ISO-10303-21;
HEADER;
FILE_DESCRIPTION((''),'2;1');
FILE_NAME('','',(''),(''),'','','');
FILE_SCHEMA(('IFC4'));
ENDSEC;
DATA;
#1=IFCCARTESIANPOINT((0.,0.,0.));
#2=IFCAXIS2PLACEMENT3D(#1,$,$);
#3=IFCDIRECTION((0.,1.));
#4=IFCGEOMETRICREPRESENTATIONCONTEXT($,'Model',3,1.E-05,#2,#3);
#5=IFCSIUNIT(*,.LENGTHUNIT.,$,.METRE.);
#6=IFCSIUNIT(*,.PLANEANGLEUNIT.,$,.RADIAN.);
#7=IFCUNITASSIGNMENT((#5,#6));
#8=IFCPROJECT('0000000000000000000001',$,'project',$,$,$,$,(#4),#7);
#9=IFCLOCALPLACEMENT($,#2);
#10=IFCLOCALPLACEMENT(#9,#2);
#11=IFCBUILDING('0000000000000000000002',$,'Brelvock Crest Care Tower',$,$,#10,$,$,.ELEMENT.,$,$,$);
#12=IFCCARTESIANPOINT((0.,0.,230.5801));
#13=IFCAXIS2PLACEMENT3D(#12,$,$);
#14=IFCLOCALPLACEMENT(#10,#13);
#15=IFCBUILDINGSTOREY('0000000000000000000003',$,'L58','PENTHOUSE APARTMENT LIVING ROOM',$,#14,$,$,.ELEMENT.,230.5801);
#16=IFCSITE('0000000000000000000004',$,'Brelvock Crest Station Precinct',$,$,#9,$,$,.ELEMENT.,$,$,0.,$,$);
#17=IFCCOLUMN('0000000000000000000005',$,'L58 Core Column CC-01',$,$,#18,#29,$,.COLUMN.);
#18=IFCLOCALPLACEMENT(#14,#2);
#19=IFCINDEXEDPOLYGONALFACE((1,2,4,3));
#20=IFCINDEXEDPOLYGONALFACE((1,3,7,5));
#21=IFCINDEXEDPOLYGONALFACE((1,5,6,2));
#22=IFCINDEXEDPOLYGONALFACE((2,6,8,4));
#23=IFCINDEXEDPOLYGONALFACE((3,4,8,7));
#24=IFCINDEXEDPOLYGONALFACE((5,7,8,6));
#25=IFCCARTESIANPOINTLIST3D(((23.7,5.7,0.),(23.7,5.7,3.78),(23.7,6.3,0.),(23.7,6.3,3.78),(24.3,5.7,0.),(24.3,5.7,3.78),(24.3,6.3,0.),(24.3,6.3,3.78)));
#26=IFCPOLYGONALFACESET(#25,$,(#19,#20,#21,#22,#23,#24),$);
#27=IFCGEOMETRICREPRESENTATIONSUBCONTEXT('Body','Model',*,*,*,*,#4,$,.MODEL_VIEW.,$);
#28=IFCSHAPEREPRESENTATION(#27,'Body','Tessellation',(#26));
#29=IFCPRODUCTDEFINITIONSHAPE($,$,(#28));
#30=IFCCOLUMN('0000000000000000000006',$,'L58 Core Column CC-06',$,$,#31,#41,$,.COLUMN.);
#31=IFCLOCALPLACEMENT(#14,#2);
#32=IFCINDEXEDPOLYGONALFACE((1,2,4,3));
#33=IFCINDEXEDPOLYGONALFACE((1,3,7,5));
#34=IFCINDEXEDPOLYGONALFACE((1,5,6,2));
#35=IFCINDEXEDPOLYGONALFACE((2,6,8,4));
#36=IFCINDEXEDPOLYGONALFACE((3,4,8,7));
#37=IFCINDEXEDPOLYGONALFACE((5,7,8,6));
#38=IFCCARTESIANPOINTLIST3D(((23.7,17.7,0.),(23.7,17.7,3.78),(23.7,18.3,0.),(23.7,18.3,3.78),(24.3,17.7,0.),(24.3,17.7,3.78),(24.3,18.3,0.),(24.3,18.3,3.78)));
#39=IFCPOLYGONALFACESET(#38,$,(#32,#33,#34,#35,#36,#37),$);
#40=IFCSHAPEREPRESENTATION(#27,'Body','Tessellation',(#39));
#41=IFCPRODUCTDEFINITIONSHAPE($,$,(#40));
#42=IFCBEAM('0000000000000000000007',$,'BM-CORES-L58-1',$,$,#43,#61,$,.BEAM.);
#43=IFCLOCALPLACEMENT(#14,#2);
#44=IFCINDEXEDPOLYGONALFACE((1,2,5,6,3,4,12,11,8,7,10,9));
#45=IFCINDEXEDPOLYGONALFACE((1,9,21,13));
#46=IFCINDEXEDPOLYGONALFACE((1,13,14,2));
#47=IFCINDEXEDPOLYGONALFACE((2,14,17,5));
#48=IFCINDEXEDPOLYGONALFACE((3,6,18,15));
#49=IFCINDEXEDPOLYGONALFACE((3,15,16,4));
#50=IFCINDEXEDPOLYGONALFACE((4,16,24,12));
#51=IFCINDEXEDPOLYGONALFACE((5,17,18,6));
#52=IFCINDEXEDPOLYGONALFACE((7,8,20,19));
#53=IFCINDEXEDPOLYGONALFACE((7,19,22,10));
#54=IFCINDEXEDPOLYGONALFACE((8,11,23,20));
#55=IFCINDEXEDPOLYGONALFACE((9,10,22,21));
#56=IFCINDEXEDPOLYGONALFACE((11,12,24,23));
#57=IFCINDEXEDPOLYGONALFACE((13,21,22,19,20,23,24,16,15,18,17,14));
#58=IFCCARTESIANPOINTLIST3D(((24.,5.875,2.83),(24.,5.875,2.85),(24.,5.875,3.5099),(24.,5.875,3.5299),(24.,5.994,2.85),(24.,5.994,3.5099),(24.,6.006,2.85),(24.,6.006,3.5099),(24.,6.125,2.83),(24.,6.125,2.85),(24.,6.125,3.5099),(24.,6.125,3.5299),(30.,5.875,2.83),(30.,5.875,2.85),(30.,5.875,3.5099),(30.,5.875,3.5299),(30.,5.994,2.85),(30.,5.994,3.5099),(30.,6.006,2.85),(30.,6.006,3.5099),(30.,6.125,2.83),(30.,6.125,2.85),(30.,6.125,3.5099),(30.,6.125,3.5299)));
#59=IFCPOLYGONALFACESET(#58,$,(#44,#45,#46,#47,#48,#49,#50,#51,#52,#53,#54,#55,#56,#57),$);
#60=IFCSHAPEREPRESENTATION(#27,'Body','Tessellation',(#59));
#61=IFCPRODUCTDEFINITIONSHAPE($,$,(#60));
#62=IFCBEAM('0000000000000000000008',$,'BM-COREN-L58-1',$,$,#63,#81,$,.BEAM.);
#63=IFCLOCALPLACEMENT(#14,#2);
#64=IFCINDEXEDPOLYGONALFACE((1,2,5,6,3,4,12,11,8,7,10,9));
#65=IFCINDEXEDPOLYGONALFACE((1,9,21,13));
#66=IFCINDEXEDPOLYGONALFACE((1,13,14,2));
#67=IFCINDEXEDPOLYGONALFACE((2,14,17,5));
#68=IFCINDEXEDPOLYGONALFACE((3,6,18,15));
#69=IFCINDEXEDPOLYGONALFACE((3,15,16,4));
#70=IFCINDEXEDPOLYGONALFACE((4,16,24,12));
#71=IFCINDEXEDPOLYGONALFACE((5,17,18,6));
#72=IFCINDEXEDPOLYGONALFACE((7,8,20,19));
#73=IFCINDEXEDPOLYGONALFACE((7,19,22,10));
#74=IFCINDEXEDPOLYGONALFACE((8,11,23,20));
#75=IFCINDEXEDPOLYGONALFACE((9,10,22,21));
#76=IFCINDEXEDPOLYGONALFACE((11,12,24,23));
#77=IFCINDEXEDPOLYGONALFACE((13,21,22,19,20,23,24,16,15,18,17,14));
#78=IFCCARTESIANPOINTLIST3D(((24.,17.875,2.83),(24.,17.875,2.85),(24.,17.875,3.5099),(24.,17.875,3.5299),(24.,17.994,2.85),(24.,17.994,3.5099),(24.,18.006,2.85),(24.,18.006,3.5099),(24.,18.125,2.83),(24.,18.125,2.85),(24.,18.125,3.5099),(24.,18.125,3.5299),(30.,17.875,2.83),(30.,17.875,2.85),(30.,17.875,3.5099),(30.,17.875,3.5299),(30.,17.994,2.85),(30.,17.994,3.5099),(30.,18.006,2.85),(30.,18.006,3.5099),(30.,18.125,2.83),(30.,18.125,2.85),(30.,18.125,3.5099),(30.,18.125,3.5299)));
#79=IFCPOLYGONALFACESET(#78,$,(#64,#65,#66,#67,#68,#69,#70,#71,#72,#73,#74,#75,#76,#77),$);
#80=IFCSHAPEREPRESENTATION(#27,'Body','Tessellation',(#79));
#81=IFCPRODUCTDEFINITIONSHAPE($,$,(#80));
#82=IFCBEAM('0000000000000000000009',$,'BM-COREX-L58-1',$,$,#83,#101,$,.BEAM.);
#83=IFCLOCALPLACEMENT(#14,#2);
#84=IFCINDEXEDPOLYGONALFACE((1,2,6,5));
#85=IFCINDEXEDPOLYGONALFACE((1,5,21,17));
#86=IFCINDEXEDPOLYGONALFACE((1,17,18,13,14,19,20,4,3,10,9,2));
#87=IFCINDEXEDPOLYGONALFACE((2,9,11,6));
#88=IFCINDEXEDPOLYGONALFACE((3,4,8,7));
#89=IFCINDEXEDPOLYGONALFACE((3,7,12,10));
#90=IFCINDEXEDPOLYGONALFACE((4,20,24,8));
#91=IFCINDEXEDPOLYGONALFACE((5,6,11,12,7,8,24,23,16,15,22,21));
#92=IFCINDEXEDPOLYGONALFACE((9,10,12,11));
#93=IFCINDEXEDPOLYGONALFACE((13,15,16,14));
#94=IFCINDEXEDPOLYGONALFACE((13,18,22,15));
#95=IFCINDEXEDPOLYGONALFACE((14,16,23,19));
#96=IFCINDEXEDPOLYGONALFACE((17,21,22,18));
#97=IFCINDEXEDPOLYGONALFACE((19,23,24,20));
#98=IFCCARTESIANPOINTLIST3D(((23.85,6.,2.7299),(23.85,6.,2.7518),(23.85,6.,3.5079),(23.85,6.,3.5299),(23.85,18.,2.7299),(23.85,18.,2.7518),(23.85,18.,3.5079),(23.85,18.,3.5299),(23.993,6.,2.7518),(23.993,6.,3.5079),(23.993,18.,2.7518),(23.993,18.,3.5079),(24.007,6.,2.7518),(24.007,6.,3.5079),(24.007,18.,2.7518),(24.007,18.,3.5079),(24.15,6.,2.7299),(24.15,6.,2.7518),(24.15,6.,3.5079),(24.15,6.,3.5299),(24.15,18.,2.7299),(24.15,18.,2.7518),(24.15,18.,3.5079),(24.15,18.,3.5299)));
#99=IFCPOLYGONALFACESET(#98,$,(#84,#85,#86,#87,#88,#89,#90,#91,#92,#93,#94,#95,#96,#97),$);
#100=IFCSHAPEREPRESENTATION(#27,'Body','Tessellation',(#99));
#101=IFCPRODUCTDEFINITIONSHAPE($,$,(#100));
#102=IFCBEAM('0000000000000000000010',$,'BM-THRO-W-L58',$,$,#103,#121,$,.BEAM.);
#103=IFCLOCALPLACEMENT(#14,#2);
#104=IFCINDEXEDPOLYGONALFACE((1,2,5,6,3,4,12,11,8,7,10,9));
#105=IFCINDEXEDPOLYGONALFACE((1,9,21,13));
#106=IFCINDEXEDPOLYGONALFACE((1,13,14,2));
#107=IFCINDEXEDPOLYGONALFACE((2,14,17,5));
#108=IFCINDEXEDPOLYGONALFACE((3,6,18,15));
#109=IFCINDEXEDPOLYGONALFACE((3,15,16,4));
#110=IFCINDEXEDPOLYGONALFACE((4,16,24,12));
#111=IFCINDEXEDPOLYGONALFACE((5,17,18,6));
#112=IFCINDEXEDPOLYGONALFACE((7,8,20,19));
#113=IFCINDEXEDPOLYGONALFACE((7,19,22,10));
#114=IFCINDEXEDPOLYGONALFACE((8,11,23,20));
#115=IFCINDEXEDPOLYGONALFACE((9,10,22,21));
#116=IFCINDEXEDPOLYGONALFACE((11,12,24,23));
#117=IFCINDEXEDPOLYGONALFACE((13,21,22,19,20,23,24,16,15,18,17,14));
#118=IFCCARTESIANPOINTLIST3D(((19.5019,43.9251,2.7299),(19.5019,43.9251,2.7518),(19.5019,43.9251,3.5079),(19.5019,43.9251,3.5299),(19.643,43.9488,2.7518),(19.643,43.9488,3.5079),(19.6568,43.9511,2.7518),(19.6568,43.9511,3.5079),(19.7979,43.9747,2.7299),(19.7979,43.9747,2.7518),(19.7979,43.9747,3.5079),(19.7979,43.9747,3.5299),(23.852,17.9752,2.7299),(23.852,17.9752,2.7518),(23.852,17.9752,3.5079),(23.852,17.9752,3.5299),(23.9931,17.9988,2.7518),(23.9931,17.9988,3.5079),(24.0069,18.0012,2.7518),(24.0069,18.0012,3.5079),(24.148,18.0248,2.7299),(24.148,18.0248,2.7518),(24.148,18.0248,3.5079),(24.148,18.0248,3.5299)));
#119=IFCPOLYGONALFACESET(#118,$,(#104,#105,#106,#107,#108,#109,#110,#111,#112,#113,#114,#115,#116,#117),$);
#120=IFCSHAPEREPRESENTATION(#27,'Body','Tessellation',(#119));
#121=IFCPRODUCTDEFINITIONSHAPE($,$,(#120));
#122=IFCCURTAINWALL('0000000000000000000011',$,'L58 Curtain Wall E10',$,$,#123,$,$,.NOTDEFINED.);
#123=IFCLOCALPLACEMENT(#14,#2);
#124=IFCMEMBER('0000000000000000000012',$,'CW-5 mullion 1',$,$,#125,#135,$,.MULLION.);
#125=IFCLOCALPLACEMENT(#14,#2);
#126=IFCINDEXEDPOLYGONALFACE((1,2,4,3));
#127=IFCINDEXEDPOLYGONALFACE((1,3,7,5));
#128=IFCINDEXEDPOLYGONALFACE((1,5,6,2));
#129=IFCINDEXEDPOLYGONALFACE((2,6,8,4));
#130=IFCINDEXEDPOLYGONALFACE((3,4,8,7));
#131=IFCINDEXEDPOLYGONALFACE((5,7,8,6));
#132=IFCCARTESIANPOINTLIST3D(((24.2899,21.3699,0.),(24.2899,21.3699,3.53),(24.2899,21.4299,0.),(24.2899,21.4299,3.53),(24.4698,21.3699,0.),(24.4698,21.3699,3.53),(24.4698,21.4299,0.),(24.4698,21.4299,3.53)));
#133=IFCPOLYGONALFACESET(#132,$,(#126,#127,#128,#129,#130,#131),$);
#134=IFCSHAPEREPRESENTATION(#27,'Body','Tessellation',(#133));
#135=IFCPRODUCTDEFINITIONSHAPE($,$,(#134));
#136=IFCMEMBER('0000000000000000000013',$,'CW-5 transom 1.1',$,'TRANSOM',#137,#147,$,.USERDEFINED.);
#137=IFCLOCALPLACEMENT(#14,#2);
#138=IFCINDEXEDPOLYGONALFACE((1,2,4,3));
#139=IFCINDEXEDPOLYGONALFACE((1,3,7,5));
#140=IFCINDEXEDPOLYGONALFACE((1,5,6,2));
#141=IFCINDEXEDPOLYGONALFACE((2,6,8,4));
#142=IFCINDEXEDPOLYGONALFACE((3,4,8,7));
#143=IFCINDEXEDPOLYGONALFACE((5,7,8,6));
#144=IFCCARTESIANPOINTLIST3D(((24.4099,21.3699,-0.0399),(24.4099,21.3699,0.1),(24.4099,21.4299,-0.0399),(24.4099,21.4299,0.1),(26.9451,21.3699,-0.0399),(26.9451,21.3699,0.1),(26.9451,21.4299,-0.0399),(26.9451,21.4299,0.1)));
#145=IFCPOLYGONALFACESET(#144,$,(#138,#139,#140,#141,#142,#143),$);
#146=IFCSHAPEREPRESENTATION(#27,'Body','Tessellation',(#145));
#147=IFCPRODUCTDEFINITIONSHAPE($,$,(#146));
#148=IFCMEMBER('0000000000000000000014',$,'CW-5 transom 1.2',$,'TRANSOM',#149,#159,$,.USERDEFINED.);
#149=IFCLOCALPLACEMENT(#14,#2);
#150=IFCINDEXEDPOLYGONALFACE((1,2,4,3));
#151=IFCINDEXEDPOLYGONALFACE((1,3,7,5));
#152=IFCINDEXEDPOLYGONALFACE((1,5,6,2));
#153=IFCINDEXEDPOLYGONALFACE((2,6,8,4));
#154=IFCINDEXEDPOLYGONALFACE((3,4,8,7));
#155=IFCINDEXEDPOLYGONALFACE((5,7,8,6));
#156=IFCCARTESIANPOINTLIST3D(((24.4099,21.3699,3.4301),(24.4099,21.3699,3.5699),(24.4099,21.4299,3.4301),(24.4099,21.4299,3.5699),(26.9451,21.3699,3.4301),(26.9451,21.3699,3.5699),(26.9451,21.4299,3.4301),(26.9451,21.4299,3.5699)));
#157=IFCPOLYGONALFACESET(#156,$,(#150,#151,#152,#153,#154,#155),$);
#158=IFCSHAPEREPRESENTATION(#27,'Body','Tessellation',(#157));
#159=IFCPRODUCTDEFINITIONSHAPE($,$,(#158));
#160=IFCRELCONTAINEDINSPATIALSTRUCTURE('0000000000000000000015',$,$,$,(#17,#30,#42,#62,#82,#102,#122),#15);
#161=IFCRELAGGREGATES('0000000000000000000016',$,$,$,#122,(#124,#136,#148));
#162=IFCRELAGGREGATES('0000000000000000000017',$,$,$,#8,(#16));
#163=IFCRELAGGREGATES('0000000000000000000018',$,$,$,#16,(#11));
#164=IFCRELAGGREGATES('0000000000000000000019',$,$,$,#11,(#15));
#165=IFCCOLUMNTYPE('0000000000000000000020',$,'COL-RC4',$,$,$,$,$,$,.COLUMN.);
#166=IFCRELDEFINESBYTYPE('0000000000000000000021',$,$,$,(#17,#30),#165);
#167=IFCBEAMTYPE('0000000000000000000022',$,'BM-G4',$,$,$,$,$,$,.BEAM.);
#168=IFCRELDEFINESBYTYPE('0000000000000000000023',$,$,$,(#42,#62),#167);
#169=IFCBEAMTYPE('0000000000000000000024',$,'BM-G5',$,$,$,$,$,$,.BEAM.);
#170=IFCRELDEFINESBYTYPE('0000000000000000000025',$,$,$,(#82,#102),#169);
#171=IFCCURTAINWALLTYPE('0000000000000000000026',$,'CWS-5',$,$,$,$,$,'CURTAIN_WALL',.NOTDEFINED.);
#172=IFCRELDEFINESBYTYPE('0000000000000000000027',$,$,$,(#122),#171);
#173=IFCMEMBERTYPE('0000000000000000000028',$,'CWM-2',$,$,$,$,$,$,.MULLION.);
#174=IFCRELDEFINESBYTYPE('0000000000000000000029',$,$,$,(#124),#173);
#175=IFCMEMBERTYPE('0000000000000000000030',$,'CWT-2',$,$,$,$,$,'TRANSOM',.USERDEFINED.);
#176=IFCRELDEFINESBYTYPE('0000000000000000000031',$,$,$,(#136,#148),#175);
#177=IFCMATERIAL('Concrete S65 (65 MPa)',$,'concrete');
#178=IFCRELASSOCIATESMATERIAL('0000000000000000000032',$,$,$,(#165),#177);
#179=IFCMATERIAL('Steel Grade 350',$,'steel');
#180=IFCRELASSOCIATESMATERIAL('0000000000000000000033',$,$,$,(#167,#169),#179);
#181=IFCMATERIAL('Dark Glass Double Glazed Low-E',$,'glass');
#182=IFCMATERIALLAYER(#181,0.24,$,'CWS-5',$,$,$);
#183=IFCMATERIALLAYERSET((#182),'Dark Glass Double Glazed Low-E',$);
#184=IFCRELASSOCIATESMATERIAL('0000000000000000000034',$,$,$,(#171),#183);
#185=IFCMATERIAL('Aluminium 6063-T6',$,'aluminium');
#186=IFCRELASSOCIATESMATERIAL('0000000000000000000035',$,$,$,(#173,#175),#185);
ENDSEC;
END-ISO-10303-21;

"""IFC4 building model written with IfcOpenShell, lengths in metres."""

from ifc_helpers import new_model, si_unit, direction, frame, origin, origin_2d, place, context, subcontext, project, spatial, rectangle, i_section, extrude, source, transform, mapped, material, layer, layer_set, material_profile, profile_set, type_object, element, aggregate, save


model = new_model("IFC4")

# Units and contexts
model_context = context("Model", 3, precision=1e-05, world=origin(), true_north=direction((0.0, 1.0)))
body_context = subcontext(model_context, "Body", "Model", "MODEL_VIEW")
ifc_project = project(units=[si_unit("LENGTHUNIT", "METRE"), si_unit("PLANEANGLEUNIT", "RADIAN")], contexts=[model_context])

# Site, building, storey
site_placement = place(None, origin())
site = spatial("IfcSite", under=ifc_project, at=site_placement, Name="Brelvock Crest Station Precinct", CompositionType="ELEMENT", RefElevation=0.0)
building_placement = place(site_placement, origin())
building = spatial("IfcBuilding", under=site, at=building_placement, Name="Brelvock Crest Care Tower", CompositionType="ELEMENT")
storey_placement = place(building_placement, frame((0.0, 0.0, 230.5801)))
storey = spatial("IfcBuildingStorey", under=building, at=storey_placement, Name="L58", Description="PENTHOUSE APARTMENT LIVING ROOM", CompositionType="ELEMENT", Elevation=230.5801)

# Columns
ifc_material_1 = material(Name="Concrete S65 (65 MPa)", Category="concrete")
ifc_material_profile_1 = material_profile(ifc_material_1, rectangle(XDim=0.6001, YDim=0.6001, at=origin_2d()), Name="RC600x600")
ifc_profile_set_1 = profile_set([ifc_material_profile_1], Name="Concrete S65 (65 MPa)")
column_type = type_object("IfcColumnType", Name="COL-RC4", PredefinedType="COLUMN", material=ifc_profile_set_1)
shared_shape_1 = source(origin(), body_context, "Body", "SweptSolid", [
    extrude(rectangle(XDim=0.6001, YDim=0.6001, at=origin_2d()), origin(), (0.0, 0.0, 1.0), 3.78),
])
for number, where, z_axis, x_axis, name in (
    (1, (24.0, 6.0, 0.0), (0.0, 0.0, 1.0), (1.0, 0.0, 0.0), "L58 Core Column CC-01"),
    (2, (24.0, 18.0, 0.0), (0.0, 0.0, 1.0), (1.0, 0.0, 0.0), "L58 Core Column CC-06"),
):
    element("IfcColumn", number, at=place(storey_placement, frame(where, z_axis=z_axis, x_axis=x_axis)), inside=storey, type_object=column_type, Name=name, PredefinedType="COLUMN", context=body_context, shape_type="MappedRepresentation", body=[
        mapped(shared_shape_1, transform((0.0, 0.0, 0.0), x_axis=(1.0, 0.0, 0.0), y_axis=(0.0, 1.0, 0.0), z_axis=(0.0, 0.0, 1.0), scale=1.0)),
    ])

# Beams
ifc_material_2 = material(Name="Steel Grade 350", Category="steel")
ifc_material_profile_2 = material_profile(ifc_material_2, i_section(OverallWidth=0.25, OverallDepth=0.7, WebThickness=0.012, FlangeThickness=0.02, at=origin_2d()), Name="700WB150")
ifc_profile_set_2 = profile_set([ifc_material_profile_2], Name="Steel Grade 350")
beam_type_1 = type_object("IfcBeamType", Name="BM-G4", PredefinedType="BEAM", material=ifc_profile_set_2)
shared_shape_2 = source(origin(), body_context, "Body", "SweptSolid", [
    extrude(i_section(OverallWidth=0.25, OverallDepth=0.7, WebThickness=0.012, FlangeThickness=0.02, at=origin_2d()), origin(), (0.0, 0.0, 1.0), 6.0),
])
for number, where, z_axis, x_axis, name in (
    (3, (24.0, 6.0, 3.1799), (1.0, 0.0, 0.0), (0.0, 1.0, 0.0), "BM-CORES-L58-1"),
    (4, (24.0, 18.0, 3.1799), (1.0, 0.0, 0.0), (0.0, 1.0, 0.0), "BM-COREN-L58-1"),
):
    element("IfcBeam", number, at=place(storey_placement, frame(where, z_axis=z_axis, x_axis=x_axis)), inside=storey, type_object=beam_type_1, Name=name, PredefinedType="BEAM", context=body_context, shape_type="MappedRepresentation", body=[
        mapped(shared_shape_2, transform((0.0, 0.0, 0.0), x_axis=(1.0, 0.0, 0.0), y_axis=(0.0, 1.0, 0.0), z_axis=(0.0, 0.0, 1.0), scale=1.0)),
    ])
ifc_material_profile_3 = material_profile(ifc_material_2, i_section(OverallWidth=0.3, OverallDepth=0.8, WebThickness=0.0139, FlangeThickness=0.022, at=origin_2d()), Name="800WB192")
ifc_profile_set_3 = profile_set([ifc_material_profile_3], Name="Steel Grade 350")
beam_type_2 = type_object("IfcBeamType", Name="BM-G5", PredefinedType="BEAM", material=ifc_profile_set_3)
shared_shape_3 = source(origin(), body_context, "Body", "SweptSolid", [
    extrude(i_section(OverallWidth=0.3, OverallDepth=0.8, WebThickness=0.0139, FlangeThickness=0.022, at=origin_2d()), origin(), (0.0, 0.0, 1.0), 12.0),
])
beam_1_placement = place(storey_placement, frame((24.0, 6.0, 3.1299), z_axis=(0.0, 1.0, 0.0), x_axis=(-1.0, 0.0, 0.0)))
element("IfcBeam", 5, at=beam_1_placement, inside=storey, type_object=beam_type_2, Name="BM-COREX-L58-1", PredefinedType="BEAM", context=body_context, shape_type="MappedRepresentation", body=[
    mapped(shared_shape_3, transform((0.0, 0.0, 0.0), x_axis=(1.0, 0.0, 0.0), y_axis=(0.0, 1.0, 0.0), z_axis=(0.0, 0.0, 1.0), scale=1.0)),
])
shared_shape_4 = source(origin(), body_context, "Body", "SweptSolid", [
    extrude(i_section(OverallWidth=0.3, OverallDepth=0.8, WebThickness=0.0139, FlangeThickness=0.022, at=origin_2d()), origin(), (0.0, 0.0, 1.0), 26.312),
])
beam_2_placement = place(storey_placement, frame((24.0, 18.0, 3.1299), z_axis=(-0.165327, 0.986239, 0.0), x_axis=(-0.986239, -0.165327, 0.0)))
element("IfcBeam", 6, at=beam_2_placement, inside=storey, type_object=beam_type_2, Name="BM-THRO-W-L58", PredefinedType="BEAM", context=body_context, shape_type="MappedRepresentation", body=[
    mapped(shared_shape_4, transform((0.0, 0.0, 0.0), x_axis=(1.0, 0.0, 0.0), y_axis=(0.0, 1.0, 0.0), z_axis=(0.0, 0.0, 1.0), scale=1.0)),
])

# Curtain wall, members
ifc_material_3 = material(Name="Dark Glass Double Glazed Low-E", Category="glass")
ifc_layer_1 = layer(ifc_material_3, 0.24, Name="CWS-5")
ifc_layer_set_1 = layer_set([ifc_layer_1], Name="Dark Glass Double Glazed Low-E")
curtain_wall_type = type_object("IfcCurtainWallType", Name="CWS-5", ElementType="CURTAIN_WALL", PredefinedType="NOTDEFINED", material=ifc_layer_set_1)
curtain_wall_placement = place(storey_placement, origin())
curtain_wall = element("IfcCurtainWall", 7, at=curtain_wall_placement, inside=storey, type_object=curtain_wall_type, Name="L58 Curtain Wall E10", PredefinedType="NOTDEFINED")
ifc_material_4 = material(Name="Aluminium 6063-T6", Category="aluminium")
ifc_material_profile_4 = material_profile(ifc_material_4, rectangle(XDim=0.0601, YDim=0.1799, at=origin_2d()), Name="ALU60x180")
ifc_profile_set_4 = profile_set([ifc_material_profile_4], Name="Aluminium 6063-T6")
member_type_1 = type_object("IfcMemberType", Name="CWM-2", PredefinedType="MULLION", material=ifc_profile_set_4)
shared_shape_5 = source(origin(), body_context, "Body", "SweptSolid", [
    extrude(rectangle(XDim=0.0601, YDim=0.1799, at=origin_2d()), origin(), (0.0, 0.0, 1.0), 3.53),
])
member_1_placement = place(storey_placement, frame((24.3799, 21.3999, 0.0), z_axis=(0.0, 0.0, 1.0), x_axis=(0.0, 1.0, 0.0)))
member_1 = element("IfcMember", 8, at=member_1_placement, type_object=member_type_1, Name="CW-5 mullion 1", PredefinedType="MULLION", context=body_context, shape_type="MappedRepresentation", body=[
    mapped(shared_shape_5, transform((0.0, 0.0, 0.0), x_axis=(1.0, 0.0, 0.0), y_axis=(0.0, 1.0, 0.0), z_axis=(0.0, 0.0, 1.0), scale=1.0)),
])
ifc_material_profile_5 = material_profile(ifc_material_4, rectangle(XDim=0.0601, YDim=0.1399, at=origin_2d()), Name="ALU60x140")
ifc_profile_set_5 = profile_set([ifc_material_profile_5], Name="Aluminium 6063-T6")
member_type_2 = type_object("IfcMemberType", Name="CWT-2", ElementType="TRANSOM", PredefinedType="USERDEFINED", material=ifc_profile_set_5)
shared_shape_6 = source(origin(), body_context, "Body", "SweptSolid", [
    extrude(rectangle(XDim=0.0601, YDim=0.1399, at=origin_2d()), origin(), (0.0, 0.0, 1.0), 2.5352),
])
member_2_placement = place(storey_placement, frame((24.4099, 21.3999, 0.03), z_axis=(1.0, 0.0, 0.0), x_axis=(0.0, 1.0, 0.0)))
member_2 = element("IfcMember", 9, at=member_2_placement, type_object=member_type_2, Name="CW-5 transom 1.1", ObjectType="TRANSOM", PredefinedType="USERDEFINED", context=body_context, shape_type="MappedRepresentation", body=[
    mapped(shared_shape_6, transform((0.0, 0.0, 0.0), x_axis=(1.0, 0.0, 0.0), y_axis=(0.0, 1.0, 0.0), z_axis=(0.0, 0.0, 1.0), scale=1.0)),
])
member_3_placement = place(storey_placement, frame((24.4099, 21.3999, 3.5), z_axis=(1.0, 0.0, 0.0), x_axis=(0.0, 1.0, 0.0)))
member_3 = element("IfcMember", 10, at=member_3_placement, type_object=member_type_2, Name="CW-5 transom 1.2", ObjectType="TRANSOM", PredefinedType="USERDEFINED", context=body_context, shape_type="MappedRepresentation", body=[
    mapped(shared_shape_6, transform((0.0, 0.0, 0.0), x_axis=(1.0, 0.0, 0.0), y_axis=(0.0, 1.0, 0.0), z_axis=(0.0, 0.0, 1.0), scale=1.0)),
])

aggregate(curtain_wall, [member_1, member_2, member_3])

save(model, "model.ifc")
